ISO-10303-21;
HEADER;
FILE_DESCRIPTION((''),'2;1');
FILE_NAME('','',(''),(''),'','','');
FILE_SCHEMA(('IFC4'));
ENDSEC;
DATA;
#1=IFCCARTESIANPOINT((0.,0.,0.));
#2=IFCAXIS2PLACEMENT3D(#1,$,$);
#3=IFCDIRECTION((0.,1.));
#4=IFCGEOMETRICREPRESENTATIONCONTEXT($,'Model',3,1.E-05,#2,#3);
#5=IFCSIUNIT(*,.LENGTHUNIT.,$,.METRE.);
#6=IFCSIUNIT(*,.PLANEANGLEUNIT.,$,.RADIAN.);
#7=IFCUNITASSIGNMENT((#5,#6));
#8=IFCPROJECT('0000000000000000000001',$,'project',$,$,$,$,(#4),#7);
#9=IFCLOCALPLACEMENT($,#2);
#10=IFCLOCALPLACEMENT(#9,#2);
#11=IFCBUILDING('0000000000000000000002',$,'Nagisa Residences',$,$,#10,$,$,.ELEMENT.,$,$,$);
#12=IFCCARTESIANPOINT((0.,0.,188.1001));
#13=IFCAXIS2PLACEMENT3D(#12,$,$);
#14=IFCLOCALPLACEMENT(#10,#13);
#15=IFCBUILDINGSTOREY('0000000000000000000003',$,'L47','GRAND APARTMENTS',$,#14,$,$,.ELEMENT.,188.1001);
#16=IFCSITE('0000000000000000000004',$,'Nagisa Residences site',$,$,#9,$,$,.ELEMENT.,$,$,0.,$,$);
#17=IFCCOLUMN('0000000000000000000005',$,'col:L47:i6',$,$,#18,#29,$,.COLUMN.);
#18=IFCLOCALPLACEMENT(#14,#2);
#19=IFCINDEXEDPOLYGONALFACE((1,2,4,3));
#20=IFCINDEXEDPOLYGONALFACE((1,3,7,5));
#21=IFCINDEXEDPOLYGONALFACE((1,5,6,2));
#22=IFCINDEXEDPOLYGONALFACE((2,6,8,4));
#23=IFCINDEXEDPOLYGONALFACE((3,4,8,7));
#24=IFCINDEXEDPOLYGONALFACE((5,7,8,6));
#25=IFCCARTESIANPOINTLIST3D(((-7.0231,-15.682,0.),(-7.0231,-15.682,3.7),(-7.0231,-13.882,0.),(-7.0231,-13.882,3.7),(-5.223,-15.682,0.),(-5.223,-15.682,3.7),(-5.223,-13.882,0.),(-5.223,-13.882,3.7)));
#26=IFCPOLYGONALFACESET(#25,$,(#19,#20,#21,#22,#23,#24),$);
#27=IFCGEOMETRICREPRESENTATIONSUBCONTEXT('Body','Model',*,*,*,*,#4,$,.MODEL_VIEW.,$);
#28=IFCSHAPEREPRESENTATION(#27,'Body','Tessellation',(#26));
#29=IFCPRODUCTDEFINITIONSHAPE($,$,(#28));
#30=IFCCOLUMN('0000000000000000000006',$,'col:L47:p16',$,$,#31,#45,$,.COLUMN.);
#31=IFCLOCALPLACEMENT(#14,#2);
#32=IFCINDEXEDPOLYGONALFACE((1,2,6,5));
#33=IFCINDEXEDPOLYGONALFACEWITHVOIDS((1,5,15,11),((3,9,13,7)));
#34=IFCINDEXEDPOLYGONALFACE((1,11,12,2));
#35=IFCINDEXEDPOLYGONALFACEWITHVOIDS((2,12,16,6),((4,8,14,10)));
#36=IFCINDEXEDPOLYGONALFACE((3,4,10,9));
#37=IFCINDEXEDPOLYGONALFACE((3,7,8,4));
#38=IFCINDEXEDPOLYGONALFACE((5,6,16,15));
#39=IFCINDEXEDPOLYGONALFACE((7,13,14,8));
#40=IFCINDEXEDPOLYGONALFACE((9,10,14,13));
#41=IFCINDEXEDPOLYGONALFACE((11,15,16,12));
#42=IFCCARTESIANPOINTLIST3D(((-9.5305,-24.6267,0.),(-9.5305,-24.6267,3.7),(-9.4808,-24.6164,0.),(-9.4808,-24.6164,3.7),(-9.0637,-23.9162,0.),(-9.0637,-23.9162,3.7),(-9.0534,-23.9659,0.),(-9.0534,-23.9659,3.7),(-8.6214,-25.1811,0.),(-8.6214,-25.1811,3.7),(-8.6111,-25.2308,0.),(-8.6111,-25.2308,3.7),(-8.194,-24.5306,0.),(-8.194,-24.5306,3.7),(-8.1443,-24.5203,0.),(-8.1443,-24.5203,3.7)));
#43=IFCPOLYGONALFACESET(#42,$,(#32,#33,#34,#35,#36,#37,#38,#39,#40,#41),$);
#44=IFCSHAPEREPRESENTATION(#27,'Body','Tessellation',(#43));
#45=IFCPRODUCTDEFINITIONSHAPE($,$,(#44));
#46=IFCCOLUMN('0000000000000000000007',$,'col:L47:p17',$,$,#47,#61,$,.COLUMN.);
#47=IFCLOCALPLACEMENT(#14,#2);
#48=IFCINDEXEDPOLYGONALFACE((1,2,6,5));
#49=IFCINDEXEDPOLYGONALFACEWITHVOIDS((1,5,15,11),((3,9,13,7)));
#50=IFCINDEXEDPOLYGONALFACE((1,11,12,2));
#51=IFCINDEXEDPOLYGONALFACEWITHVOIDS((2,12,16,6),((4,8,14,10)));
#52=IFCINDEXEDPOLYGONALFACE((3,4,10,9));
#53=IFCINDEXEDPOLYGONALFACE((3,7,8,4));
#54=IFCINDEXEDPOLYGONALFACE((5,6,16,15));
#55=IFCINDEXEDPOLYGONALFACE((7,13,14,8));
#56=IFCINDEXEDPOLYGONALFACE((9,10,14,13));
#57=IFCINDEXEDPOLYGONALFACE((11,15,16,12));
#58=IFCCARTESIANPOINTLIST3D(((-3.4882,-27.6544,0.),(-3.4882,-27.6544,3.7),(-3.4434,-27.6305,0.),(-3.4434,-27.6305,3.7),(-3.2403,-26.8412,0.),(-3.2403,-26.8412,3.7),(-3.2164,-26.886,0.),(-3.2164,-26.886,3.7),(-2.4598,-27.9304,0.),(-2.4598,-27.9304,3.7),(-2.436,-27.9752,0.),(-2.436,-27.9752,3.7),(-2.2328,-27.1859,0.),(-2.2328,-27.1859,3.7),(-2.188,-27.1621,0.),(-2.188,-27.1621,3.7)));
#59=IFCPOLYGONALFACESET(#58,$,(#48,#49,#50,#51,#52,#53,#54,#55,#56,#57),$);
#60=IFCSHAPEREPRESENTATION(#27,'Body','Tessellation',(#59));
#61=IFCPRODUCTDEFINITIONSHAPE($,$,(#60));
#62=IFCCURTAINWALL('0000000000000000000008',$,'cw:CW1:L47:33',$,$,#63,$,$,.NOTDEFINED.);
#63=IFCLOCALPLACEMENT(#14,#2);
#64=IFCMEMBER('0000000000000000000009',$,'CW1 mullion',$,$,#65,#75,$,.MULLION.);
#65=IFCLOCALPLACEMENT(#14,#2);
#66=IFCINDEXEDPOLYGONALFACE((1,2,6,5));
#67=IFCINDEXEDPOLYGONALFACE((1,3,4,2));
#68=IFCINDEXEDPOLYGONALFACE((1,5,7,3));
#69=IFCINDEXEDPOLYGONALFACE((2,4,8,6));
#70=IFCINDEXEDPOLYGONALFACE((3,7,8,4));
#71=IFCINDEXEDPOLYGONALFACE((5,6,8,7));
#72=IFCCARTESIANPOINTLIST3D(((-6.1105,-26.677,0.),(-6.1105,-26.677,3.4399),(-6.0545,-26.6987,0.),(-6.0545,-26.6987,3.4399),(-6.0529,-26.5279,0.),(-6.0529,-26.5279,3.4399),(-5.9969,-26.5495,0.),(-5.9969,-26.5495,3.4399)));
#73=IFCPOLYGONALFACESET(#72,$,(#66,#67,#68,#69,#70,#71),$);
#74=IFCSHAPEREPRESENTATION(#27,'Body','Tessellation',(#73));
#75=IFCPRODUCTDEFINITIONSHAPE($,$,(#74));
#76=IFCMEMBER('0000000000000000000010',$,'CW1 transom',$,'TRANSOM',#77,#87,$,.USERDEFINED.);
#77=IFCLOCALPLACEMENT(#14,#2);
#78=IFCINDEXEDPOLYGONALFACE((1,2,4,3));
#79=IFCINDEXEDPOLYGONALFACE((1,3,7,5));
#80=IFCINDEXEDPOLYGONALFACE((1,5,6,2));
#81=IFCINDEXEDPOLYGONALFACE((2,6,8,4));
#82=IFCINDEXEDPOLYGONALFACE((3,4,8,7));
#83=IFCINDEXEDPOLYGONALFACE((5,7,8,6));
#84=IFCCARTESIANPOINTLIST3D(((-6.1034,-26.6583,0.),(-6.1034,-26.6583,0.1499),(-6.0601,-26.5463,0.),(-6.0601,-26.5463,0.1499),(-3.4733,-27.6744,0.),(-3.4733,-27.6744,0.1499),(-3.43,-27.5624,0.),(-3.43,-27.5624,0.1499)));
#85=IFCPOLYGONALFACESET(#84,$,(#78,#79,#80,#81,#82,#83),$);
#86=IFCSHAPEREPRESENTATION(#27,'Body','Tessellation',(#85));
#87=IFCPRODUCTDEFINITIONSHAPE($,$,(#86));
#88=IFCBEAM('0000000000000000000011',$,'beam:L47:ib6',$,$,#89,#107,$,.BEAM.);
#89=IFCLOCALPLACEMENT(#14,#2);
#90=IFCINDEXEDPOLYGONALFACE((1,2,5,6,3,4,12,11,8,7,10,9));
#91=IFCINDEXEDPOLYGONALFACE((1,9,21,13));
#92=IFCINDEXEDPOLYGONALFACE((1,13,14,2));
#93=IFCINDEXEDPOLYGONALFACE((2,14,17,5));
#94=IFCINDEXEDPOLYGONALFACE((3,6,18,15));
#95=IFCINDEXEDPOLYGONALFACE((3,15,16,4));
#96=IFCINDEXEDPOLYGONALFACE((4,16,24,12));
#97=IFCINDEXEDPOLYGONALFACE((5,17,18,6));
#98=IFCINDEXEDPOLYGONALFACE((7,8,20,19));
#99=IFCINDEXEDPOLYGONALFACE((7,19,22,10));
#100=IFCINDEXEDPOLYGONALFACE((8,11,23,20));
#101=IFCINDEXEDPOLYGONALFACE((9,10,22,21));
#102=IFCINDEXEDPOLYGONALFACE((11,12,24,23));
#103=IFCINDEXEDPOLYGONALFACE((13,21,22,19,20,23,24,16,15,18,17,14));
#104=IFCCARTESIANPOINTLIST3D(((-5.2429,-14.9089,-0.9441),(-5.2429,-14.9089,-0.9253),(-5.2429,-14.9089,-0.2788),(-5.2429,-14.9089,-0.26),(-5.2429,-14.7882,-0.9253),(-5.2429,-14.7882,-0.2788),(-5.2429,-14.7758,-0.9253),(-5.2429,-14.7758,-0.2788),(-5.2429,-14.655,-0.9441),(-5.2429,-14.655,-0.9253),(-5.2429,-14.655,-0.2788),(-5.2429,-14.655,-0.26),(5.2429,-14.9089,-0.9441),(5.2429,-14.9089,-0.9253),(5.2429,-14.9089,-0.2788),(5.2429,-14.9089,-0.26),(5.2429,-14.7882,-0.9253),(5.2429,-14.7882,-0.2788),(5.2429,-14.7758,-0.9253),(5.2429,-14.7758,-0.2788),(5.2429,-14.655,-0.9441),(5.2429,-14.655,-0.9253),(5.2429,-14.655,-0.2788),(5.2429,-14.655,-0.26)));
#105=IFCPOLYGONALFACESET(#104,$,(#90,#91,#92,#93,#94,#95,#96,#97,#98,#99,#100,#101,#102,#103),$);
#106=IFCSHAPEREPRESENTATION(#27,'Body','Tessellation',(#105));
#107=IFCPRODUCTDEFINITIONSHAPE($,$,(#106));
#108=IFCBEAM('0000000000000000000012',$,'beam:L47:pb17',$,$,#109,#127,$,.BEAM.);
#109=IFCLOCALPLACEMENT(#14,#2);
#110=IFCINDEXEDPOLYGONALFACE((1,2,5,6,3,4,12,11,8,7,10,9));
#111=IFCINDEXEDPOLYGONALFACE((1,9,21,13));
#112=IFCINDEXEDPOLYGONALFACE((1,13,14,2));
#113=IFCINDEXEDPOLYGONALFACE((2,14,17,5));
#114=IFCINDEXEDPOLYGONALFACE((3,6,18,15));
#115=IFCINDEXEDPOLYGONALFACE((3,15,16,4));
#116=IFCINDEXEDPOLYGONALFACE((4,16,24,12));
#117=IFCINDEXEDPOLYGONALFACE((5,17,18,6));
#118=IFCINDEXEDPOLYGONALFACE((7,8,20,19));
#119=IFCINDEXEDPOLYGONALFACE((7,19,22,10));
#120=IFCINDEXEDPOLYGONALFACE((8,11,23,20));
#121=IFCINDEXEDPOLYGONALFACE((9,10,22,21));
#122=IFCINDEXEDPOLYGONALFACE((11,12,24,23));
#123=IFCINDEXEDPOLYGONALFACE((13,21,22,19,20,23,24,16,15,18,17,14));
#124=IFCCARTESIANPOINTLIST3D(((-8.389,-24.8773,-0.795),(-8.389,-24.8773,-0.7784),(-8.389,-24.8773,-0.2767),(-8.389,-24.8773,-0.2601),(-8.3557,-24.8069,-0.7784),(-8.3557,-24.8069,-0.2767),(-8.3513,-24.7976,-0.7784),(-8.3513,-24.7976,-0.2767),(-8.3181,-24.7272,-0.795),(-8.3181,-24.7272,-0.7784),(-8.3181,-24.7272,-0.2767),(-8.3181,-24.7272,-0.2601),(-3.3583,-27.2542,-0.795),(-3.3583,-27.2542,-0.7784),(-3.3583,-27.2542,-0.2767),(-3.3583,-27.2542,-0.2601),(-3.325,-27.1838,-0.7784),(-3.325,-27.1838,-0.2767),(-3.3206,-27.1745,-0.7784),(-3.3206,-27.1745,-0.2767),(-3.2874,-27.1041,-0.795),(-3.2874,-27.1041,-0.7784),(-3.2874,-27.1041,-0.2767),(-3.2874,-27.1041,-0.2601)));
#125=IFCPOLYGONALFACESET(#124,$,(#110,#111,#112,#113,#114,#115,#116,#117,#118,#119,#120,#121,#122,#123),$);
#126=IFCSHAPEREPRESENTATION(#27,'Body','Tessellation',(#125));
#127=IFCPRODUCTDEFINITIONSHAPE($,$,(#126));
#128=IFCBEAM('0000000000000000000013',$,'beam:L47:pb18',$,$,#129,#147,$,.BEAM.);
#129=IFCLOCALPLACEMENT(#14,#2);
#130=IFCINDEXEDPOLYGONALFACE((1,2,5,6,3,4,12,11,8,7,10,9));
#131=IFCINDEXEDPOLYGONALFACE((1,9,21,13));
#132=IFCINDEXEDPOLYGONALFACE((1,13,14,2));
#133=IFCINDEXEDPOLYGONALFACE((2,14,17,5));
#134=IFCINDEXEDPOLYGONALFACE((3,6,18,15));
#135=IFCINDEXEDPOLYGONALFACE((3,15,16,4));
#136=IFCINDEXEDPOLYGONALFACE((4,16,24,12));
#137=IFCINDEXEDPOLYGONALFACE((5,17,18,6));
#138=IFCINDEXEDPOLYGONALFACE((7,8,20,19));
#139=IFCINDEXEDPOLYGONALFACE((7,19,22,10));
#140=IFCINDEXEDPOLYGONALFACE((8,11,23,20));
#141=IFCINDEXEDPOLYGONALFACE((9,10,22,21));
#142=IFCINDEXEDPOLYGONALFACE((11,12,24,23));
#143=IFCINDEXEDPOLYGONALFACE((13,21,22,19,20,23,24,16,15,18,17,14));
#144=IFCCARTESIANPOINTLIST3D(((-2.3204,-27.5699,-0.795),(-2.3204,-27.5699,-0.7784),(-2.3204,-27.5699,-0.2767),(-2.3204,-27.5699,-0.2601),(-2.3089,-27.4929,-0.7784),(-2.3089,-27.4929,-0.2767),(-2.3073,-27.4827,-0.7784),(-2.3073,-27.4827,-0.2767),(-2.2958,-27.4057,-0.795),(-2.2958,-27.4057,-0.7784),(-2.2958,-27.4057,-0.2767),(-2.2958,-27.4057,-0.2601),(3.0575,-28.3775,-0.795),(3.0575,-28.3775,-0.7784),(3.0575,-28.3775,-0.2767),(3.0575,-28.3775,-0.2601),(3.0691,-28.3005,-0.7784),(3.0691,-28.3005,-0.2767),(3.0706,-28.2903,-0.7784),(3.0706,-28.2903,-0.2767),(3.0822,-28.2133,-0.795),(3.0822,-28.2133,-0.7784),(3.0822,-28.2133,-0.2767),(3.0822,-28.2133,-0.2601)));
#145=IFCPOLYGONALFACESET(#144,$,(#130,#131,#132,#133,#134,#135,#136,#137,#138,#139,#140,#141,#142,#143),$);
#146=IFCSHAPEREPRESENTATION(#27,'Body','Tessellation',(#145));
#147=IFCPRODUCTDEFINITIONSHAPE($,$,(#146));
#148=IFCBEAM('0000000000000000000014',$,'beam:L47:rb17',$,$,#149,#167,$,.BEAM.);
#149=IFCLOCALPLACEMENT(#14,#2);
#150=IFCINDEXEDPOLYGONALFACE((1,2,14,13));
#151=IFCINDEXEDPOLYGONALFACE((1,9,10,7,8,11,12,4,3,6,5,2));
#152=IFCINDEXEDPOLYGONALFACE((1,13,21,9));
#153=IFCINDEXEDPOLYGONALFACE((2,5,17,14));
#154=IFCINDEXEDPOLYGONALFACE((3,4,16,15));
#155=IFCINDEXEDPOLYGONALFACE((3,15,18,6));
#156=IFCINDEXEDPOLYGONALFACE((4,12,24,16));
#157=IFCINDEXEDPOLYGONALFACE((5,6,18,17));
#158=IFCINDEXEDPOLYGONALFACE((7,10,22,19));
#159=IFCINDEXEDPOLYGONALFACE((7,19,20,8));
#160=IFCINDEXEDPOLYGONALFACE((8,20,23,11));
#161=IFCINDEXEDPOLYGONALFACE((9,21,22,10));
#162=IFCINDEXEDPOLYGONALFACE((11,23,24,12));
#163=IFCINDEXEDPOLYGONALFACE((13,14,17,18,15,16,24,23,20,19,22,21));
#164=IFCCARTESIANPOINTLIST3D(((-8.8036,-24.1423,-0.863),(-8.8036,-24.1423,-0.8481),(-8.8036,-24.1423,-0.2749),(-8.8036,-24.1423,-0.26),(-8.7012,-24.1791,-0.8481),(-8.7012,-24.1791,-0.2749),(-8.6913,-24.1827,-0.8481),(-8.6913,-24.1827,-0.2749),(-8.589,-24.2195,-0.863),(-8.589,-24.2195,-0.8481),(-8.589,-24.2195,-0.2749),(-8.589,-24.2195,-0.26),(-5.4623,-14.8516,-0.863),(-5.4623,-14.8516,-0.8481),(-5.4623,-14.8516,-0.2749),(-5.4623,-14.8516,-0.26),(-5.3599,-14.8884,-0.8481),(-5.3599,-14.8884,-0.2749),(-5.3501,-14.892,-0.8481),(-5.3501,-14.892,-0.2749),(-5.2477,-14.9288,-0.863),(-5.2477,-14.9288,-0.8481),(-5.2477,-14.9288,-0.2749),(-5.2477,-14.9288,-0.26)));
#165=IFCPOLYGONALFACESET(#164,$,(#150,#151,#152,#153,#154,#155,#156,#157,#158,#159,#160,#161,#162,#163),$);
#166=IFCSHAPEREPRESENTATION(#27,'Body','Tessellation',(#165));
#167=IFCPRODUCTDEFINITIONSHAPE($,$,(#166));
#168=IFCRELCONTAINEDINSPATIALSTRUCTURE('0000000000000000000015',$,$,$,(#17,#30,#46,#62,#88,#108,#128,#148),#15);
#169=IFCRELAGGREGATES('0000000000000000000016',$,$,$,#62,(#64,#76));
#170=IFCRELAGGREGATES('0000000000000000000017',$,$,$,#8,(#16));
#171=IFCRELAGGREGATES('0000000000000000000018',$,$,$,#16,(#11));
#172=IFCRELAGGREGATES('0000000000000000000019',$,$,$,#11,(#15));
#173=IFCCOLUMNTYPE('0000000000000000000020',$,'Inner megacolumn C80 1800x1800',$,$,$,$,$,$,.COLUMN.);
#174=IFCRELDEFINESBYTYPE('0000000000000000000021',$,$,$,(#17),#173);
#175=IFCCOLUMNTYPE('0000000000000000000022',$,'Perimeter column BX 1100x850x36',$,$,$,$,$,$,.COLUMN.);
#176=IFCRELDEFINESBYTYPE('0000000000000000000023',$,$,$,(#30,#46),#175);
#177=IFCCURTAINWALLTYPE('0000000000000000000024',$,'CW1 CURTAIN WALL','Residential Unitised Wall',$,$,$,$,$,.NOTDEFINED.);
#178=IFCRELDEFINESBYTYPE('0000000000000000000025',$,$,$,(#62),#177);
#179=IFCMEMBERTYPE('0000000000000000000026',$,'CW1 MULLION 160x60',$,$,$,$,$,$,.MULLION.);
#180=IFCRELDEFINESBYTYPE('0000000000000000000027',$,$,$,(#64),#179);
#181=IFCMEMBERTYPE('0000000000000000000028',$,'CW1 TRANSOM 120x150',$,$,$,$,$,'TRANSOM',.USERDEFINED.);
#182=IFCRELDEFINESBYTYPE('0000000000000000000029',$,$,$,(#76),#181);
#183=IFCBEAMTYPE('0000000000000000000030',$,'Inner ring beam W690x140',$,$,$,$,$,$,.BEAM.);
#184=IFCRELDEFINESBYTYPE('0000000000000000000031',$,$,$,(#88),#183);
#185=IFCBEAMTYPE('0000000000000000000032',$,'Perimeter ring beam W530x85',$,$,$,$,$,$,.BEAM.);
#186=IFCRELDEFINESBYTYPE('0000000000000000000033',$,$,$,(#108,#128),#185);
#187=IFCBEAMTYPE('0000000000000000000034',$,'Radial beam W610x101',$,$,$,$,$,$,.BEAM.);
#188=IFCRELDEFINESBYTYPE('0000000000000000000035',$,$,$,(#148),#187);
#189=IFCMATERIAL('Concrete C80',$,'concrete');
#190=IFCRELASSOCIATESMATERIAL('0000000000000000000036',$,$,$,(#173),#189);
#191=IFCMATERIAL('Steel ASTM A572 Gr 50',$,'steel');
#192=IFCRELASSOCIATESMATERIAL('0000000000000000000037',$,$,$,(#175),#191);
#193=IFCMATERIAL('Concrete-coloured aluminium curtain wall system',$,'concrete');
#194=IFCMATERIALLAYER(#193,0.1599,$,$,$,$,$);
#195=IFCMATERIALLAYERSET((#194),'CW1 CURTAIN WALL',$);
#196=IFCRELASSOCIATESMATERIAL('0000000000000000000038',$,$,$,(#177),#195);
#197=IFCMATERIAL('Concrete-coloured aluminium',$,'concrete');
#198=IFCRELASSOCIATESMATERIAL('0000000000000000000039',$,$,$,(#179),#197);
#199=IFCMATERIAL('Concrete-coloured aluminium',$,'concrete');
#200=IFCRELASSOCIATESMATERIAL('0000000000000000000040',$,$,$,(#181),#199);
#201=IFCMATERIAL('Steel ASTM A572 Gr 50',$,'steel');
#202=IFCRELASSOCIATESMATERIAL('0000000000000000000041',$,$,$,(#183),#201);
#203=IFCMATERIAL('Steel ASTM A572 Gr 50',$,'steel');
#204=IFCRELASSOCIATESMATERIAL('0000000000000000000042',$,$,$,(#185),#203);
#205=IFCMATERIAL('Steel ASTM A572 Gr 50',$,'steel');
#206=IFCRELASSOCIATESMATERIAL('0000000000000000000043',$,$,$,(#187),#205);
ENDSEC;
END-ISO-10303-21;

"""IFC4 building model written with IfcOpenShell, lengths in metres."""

from ifc_helpers import new_model, si_unit, direction, frame, origin, origin_2d, place, context, subcontext, project, spatial, rectangle, hollow_rectangle, i_section, extrude, material, layer, layer_set, material_profile, profile_set, type_object, element, aggregate, save


model = new_model("IFC4")

# Units and contexts
model_context = context("Model", 3, precision=1e-05, world=origin(), true_north=direction((0.0, 1.0)))
body_context = subcontext(model_context, "Body", "Model", "MODEL_VIEW")
ifc_project = project(units=[si_unit("LENGTHUNIT", "METRE"), si_unit("PLANEANGLEUNIT", "RADIAN")], contexts=[model_context])

# Site, building, storey
site_placement = place(None, origin())
site = spatial("IfcSite", under=ifc_project, at=site_placement, Name="Nagisa Residences site", CompositionType="ELEMENT", RefElevation=0.0)
building_placement = place(site_placement, origin())
building = spatial("IfcBuilding", under=site, at=building_placement, Name="Nagisa Residences", CompositionType="ELEMENT")
storey_placement = place(building_placement, frame((0.0, 0.0, 188.1001)))
storey = spatial("IfcBuildingStorey", under=building, at=storey_placement, Name="L47", Description="GRAND APARTMENTS", CompositionType="ELEMENT", Elevation=188.1001)

# Columns
ifc_material_1 = material(Name="Concrete C80", Category="concrete")
ifc_material_profile_1 = material_profile(ifc_material_1, rectangle(XDim=1.8, YDim=1.8, at=origin_2d()), Name="C80 1800x1800")
ifc_profile_set_1 = profile_set([ifc_material_profile_1], Name="Concrete C80")
column_type_1 = type_object("IfcColumnType", Name="Inner megacolumn C80 1800x1800", PredefinedType="COLUMN", material=ifc_profile_set_1)
column_placement = place(storey_placement, frame((-6.123, -14.782, 0.0), z_axis=(0.0, 0.0, 1.0), x_axis=(1.0, 0.0, 0.0)))
element("IfcColumn", 1, at=column_placement, inside=storey, type_object=column_type_1, Name="col:L47:i6", PredefinedType="COLUMN", context=body_context, shape_type="SweptSolid", body=[
    extrude(rectangle(XDim=1.8, YDim=1.8, at=origin_2d()), origin(), (0.0, 0.0, 1.0), 3.7),
])
ifc_material_2 = material(Name="Steel ASTM A572 Gr 50", Category="steel")
ifc_material_profile_2 = material_profile(ifc_material_2, hollow_rectangle(XDim=1.1001, YDim=0.8501, WallThickness=0.0359, at=origin_2d()), Name="BX 1100x850x36")
ifc_profile_set_2 = profile_set([ifc_material_profile_2], Name="Steel ASTM A572 Gr 50")
column_type_2 = type_object("IfcColumnType", Name="Perimeter column BX 1100x850x36", PredefinedType="COLUMN", material=ifc_profile_set_2)
for number, where, z_axis, x_axis, name in (
    (2, (-8.8374, -24.5735, 0.0), (0.0, 0.0, 1.0), (0.835766, -0.549086, 0.0), "col:L47:p16"),
    (3, (-2.8381, -27.4082, 0.0), (0.0, 0.0, 1.0), (0.956525, -0.291652, 0.0), "col:L47:p17"),
):
    element("IfcColumn", number, at=place(storey_placement, frame(where, z_axis=z_axis, x_axis=x_axis)), inside=storey, type_object=column_type_2, Name=name, PredefinedType="COLUMN", context=body_context, shape_type="SweptSolid", body=[
        extrude(hollow_rectangle(XDim=1.1001, YDim=0.8501, WallThickness=0.0359, at=origin_2d()), origin(), (0.0, 0.0, 1.0), 3.7),
    ])

# Curtain wall, members
ifc_material_3 = material(Name="Concrete-coloured aluminium curtain wall system", Category="concrete")
ifc_layer_1 = layer(ifc_material_3, 0.1599)
ifc_layer_set_1 = layer_set([ifc_layer_1], Name="CW1 CURTAIN WALL")
curtain_wall_type = type_object("IfcCurtainWallType", Name="CW1 CURTAIN WALL", Description="Residential Unitised Wall", PredefinedType="NOTDEFINED", material=ifc_layer_set_1)
curtain_wall_1_placement = place(storey_placement, origin())
curtain_wall_1 = element("IfcCurtainWall", 4, at=curtain_wall_1_placement, inside=storey, type_object=curtain_wall_type, Name="cw:CW1:L47:33", PredefinedType="NOTDEFINED")
ifc_material_4 = material(Name="Concrete-coloured aluminium", Category="concrete")
ifc_material_profile_3 = material_profile(ifc_material_4, rectangle(XDim=0.1599, YDim=0.0601, at=origin_2d()), Name="CW1 MULLION 160x60")
ifc_profile_set_3 = profile_set([ifc_material_profile_3], Name="Concrete-coloured aluminium")
member_type_1 = type_object("IfcMemberType", Name="CW1 MULLION 160x60", PredefinedType="MULLION", material=ifc_profile_set_3)
member_1_placement = place(storey_placement, frame((-6.0537, -26.6133, 0.0), z_axis=(0.0, 0.0, 1.0), x_axis=(0.360328, 0.932826, 0.0)))
member_1 = element("IfcMember", 5, at=member_1_placement, type_object=member_type_1, Name="CW1 mullion", PredefinedType="MULLION", context=body_context, shape_type="SweptSolid", body=[
    extrude(rectangle(XDim=0.1599, YDim=0.0601, at=origin_2d()), origin(), (0.0, 0.0, 1.0), 3.4399),
])
ifc_material_5 = material(Name="Concrete-coloured aluminium", Category="concrete")
ifc_material_profile_4 = material_profile(ifc_material_5, rectangle(XDim=0.1201, YDim=0.1499, at=origin_2d()), Name="CW1 TRANSOM 120x150")
ifc_profile_set_4 = profile_set([ifc_material_profile_4], Name="Concrete-coloured aluminium")
member_type_2 = type_object("IfcMemberType", Name="CW1 TRANSOM 120x150", ElementType="TRANSOM", PredefinedType="USERDEFINED", material=ifc_profile_set_4)
member_2_placement = place(storey_placement, frame((-6.0818, -26.6023, 0.075), z_axis=(0.932807, -0.360377, 0.0), x_axis=(0.360377, 0.932807, 0.0)))
member_2 = element("IfcMember", 6, at=member_2_placement, type_object=member_type_2, Name="CW1 transom", ObjectType="TRANSOM", PredefinedType="USERDEFINED", context=body_context, shape_type="SweptSolid", body=[
    extrude(rectangle(XDim=0.1201, YDim=0.1499, at=origin_2d()), origin(), (0.0, 0.0, 1.0), 2.8196),
])

# Beams
ifc_material_6 = material(Name="Steel ASTM A572 Gr 50", Category="steel")
ifc_material_profile_5 = material_profile(ifc_material_6, i_section(OverallWidth=0.2539, OverallDepth=0.6841, WebThickness=0.0125, FlangeThickness=0.0188, at=origin_2d()), Name="W690x140")
ifc_profile_set_5 = profile_set([ifc_material_profile_5], Name="Steel ASTM A572 Gr 50")
beam_type_1 = type_object("IfcBeamType", Name="Inner ring beam W690x140", PredefinedType="BEAM", material=ifc_profile_set_5)
beam_1_placement = place(storey_placement, frame((-5.2429, -14.782, -0.6021), z_axis=(1.0, 0.0, 0.0), x_axis=(0.0, 1.0, 0.0)))
element("IfcBeam", 7, at=beam_1_placement, inside=storey, type_object=beam_type_1, Name="beam:L47:ib6", PredefinedType="BEAM", context=body_context, shape_type="SweptSolid", body=[
    extrude(i_section(OverallWidth=0.2539, OverallDepth=0.6841, WebThickness=0.0125, FlangeThickness=0.0188, at=origin_2d()), origin(), (0.0, 0.0, 1.0), 10.4858),
])
ifc_material_7 = material(Name="Steel ASTM A572 Gr 50", Category="steel")
ifc_material_profile_6 = material_profile(ifc_material_7, i_section(OverallWidth=0.166, OverallDepth=0.5349, WebThickness=0.0103, FlangeThickness=0.0166, at=origin_2d()), Name="W530x85")
ifc_profile_set_6 = profile_set([ifc_material_profile_6], Name="Steel ASTM A572 Gr 50")
beam_type_2 = type_object("IfcBeamType", Name="Perimeter ring beam W530x85", PredefinedType="BEAM", material=ifc_profile_set_6)
beam_2_placement = place(storey_placement, frame((-8.3535, -24.8022, -0.5276), z_axis=(0.904157, -0.4272, 0.0), x_axis=(0.4272, 0.904157, 0.0)))
element("IfcBeam", 8, at=beam_2_placement, inside=storey, type_object=beam_type_2, Name="beam:L47:pb17", PredefinedType="BEAM", context=body_context, shape_type="SweptSolid", body=[
    extrude(i_section(OverallWidth=0.166, OverallDepth=0.5349, WebThickness=0.0103, FlangeThickness=0.0166, at=origin_2d()), origin(), (0.0, 0.0, 1.0), 5.564),
])
beam_3_placement = place(storey_placement, frame((-2.3081, -27.4878, -0.5276), z_axis=(0.988911, -0.148507, 0.0), x_axis=(0.148507, 0.988911, 0.0)))
element("IfcBeam", 9, at=beam_3_placement, inside=storey, type_object=beam_type_2, Name="beam:L47:pb18", PredefinedType="BEAM", context=body_context, shape_type="SweptSolid", body=[
    extrude(i_section(OverallWidth=0.166, OverallDepth=0.5349, WebThickness=0.0103, FlangeThickness=0.0166, at=origin_2d()), origin(), (0.0, 0.0, 1.0), 5.4382),
])
ifc_material_8 = material(Name="Steel ASTM A572 Gr 50", Category="steel")
ifc_material_profile_7 = material_profile(ifc_material_8, i_section(OverallWidth=0.228, OverallDepth=0.603, WebThickness=0.0105, FlangeThickness=0.0149, at=origin_2d()), Name="W610x101")
ifc_profile_set_7 = profile_set([ifc_material_profile_7], Name="Steel ASTM A572 Gr 50")
beam_type_3 = type_object("IfcBeamType", Name="Radial beam W610x101", PredefinedType="BEAM", material=ifc_profile_set_7)
beam_4_placement = place(storey_placement, frame((-8.6963, -24.1809, -0.5615), z_axis=(0.338417, 0.940996, 0.0), x_axis=(-0.940996, 0.338417, 0.0)))
element("IfcBeam", 10, at=beam_4_placement, inside=storey, type_object=beam_type_3, Name="beam:L47:rb17", PredefinedType="BEAM", context=body_context, shape_type="SweptSolid", body=[
    extrude(i_section(OverallWidth=0.228, OverallDepth=0.603, WebThickness=0.0105, FlangeThickness=0.0149, at=origin_2d()), origin(), (0.0, 0.0, 1.0), 9.8733),
])

aggregate(curtain_wall_1, [member_1, member_2])

save(model, "model.ifc")
